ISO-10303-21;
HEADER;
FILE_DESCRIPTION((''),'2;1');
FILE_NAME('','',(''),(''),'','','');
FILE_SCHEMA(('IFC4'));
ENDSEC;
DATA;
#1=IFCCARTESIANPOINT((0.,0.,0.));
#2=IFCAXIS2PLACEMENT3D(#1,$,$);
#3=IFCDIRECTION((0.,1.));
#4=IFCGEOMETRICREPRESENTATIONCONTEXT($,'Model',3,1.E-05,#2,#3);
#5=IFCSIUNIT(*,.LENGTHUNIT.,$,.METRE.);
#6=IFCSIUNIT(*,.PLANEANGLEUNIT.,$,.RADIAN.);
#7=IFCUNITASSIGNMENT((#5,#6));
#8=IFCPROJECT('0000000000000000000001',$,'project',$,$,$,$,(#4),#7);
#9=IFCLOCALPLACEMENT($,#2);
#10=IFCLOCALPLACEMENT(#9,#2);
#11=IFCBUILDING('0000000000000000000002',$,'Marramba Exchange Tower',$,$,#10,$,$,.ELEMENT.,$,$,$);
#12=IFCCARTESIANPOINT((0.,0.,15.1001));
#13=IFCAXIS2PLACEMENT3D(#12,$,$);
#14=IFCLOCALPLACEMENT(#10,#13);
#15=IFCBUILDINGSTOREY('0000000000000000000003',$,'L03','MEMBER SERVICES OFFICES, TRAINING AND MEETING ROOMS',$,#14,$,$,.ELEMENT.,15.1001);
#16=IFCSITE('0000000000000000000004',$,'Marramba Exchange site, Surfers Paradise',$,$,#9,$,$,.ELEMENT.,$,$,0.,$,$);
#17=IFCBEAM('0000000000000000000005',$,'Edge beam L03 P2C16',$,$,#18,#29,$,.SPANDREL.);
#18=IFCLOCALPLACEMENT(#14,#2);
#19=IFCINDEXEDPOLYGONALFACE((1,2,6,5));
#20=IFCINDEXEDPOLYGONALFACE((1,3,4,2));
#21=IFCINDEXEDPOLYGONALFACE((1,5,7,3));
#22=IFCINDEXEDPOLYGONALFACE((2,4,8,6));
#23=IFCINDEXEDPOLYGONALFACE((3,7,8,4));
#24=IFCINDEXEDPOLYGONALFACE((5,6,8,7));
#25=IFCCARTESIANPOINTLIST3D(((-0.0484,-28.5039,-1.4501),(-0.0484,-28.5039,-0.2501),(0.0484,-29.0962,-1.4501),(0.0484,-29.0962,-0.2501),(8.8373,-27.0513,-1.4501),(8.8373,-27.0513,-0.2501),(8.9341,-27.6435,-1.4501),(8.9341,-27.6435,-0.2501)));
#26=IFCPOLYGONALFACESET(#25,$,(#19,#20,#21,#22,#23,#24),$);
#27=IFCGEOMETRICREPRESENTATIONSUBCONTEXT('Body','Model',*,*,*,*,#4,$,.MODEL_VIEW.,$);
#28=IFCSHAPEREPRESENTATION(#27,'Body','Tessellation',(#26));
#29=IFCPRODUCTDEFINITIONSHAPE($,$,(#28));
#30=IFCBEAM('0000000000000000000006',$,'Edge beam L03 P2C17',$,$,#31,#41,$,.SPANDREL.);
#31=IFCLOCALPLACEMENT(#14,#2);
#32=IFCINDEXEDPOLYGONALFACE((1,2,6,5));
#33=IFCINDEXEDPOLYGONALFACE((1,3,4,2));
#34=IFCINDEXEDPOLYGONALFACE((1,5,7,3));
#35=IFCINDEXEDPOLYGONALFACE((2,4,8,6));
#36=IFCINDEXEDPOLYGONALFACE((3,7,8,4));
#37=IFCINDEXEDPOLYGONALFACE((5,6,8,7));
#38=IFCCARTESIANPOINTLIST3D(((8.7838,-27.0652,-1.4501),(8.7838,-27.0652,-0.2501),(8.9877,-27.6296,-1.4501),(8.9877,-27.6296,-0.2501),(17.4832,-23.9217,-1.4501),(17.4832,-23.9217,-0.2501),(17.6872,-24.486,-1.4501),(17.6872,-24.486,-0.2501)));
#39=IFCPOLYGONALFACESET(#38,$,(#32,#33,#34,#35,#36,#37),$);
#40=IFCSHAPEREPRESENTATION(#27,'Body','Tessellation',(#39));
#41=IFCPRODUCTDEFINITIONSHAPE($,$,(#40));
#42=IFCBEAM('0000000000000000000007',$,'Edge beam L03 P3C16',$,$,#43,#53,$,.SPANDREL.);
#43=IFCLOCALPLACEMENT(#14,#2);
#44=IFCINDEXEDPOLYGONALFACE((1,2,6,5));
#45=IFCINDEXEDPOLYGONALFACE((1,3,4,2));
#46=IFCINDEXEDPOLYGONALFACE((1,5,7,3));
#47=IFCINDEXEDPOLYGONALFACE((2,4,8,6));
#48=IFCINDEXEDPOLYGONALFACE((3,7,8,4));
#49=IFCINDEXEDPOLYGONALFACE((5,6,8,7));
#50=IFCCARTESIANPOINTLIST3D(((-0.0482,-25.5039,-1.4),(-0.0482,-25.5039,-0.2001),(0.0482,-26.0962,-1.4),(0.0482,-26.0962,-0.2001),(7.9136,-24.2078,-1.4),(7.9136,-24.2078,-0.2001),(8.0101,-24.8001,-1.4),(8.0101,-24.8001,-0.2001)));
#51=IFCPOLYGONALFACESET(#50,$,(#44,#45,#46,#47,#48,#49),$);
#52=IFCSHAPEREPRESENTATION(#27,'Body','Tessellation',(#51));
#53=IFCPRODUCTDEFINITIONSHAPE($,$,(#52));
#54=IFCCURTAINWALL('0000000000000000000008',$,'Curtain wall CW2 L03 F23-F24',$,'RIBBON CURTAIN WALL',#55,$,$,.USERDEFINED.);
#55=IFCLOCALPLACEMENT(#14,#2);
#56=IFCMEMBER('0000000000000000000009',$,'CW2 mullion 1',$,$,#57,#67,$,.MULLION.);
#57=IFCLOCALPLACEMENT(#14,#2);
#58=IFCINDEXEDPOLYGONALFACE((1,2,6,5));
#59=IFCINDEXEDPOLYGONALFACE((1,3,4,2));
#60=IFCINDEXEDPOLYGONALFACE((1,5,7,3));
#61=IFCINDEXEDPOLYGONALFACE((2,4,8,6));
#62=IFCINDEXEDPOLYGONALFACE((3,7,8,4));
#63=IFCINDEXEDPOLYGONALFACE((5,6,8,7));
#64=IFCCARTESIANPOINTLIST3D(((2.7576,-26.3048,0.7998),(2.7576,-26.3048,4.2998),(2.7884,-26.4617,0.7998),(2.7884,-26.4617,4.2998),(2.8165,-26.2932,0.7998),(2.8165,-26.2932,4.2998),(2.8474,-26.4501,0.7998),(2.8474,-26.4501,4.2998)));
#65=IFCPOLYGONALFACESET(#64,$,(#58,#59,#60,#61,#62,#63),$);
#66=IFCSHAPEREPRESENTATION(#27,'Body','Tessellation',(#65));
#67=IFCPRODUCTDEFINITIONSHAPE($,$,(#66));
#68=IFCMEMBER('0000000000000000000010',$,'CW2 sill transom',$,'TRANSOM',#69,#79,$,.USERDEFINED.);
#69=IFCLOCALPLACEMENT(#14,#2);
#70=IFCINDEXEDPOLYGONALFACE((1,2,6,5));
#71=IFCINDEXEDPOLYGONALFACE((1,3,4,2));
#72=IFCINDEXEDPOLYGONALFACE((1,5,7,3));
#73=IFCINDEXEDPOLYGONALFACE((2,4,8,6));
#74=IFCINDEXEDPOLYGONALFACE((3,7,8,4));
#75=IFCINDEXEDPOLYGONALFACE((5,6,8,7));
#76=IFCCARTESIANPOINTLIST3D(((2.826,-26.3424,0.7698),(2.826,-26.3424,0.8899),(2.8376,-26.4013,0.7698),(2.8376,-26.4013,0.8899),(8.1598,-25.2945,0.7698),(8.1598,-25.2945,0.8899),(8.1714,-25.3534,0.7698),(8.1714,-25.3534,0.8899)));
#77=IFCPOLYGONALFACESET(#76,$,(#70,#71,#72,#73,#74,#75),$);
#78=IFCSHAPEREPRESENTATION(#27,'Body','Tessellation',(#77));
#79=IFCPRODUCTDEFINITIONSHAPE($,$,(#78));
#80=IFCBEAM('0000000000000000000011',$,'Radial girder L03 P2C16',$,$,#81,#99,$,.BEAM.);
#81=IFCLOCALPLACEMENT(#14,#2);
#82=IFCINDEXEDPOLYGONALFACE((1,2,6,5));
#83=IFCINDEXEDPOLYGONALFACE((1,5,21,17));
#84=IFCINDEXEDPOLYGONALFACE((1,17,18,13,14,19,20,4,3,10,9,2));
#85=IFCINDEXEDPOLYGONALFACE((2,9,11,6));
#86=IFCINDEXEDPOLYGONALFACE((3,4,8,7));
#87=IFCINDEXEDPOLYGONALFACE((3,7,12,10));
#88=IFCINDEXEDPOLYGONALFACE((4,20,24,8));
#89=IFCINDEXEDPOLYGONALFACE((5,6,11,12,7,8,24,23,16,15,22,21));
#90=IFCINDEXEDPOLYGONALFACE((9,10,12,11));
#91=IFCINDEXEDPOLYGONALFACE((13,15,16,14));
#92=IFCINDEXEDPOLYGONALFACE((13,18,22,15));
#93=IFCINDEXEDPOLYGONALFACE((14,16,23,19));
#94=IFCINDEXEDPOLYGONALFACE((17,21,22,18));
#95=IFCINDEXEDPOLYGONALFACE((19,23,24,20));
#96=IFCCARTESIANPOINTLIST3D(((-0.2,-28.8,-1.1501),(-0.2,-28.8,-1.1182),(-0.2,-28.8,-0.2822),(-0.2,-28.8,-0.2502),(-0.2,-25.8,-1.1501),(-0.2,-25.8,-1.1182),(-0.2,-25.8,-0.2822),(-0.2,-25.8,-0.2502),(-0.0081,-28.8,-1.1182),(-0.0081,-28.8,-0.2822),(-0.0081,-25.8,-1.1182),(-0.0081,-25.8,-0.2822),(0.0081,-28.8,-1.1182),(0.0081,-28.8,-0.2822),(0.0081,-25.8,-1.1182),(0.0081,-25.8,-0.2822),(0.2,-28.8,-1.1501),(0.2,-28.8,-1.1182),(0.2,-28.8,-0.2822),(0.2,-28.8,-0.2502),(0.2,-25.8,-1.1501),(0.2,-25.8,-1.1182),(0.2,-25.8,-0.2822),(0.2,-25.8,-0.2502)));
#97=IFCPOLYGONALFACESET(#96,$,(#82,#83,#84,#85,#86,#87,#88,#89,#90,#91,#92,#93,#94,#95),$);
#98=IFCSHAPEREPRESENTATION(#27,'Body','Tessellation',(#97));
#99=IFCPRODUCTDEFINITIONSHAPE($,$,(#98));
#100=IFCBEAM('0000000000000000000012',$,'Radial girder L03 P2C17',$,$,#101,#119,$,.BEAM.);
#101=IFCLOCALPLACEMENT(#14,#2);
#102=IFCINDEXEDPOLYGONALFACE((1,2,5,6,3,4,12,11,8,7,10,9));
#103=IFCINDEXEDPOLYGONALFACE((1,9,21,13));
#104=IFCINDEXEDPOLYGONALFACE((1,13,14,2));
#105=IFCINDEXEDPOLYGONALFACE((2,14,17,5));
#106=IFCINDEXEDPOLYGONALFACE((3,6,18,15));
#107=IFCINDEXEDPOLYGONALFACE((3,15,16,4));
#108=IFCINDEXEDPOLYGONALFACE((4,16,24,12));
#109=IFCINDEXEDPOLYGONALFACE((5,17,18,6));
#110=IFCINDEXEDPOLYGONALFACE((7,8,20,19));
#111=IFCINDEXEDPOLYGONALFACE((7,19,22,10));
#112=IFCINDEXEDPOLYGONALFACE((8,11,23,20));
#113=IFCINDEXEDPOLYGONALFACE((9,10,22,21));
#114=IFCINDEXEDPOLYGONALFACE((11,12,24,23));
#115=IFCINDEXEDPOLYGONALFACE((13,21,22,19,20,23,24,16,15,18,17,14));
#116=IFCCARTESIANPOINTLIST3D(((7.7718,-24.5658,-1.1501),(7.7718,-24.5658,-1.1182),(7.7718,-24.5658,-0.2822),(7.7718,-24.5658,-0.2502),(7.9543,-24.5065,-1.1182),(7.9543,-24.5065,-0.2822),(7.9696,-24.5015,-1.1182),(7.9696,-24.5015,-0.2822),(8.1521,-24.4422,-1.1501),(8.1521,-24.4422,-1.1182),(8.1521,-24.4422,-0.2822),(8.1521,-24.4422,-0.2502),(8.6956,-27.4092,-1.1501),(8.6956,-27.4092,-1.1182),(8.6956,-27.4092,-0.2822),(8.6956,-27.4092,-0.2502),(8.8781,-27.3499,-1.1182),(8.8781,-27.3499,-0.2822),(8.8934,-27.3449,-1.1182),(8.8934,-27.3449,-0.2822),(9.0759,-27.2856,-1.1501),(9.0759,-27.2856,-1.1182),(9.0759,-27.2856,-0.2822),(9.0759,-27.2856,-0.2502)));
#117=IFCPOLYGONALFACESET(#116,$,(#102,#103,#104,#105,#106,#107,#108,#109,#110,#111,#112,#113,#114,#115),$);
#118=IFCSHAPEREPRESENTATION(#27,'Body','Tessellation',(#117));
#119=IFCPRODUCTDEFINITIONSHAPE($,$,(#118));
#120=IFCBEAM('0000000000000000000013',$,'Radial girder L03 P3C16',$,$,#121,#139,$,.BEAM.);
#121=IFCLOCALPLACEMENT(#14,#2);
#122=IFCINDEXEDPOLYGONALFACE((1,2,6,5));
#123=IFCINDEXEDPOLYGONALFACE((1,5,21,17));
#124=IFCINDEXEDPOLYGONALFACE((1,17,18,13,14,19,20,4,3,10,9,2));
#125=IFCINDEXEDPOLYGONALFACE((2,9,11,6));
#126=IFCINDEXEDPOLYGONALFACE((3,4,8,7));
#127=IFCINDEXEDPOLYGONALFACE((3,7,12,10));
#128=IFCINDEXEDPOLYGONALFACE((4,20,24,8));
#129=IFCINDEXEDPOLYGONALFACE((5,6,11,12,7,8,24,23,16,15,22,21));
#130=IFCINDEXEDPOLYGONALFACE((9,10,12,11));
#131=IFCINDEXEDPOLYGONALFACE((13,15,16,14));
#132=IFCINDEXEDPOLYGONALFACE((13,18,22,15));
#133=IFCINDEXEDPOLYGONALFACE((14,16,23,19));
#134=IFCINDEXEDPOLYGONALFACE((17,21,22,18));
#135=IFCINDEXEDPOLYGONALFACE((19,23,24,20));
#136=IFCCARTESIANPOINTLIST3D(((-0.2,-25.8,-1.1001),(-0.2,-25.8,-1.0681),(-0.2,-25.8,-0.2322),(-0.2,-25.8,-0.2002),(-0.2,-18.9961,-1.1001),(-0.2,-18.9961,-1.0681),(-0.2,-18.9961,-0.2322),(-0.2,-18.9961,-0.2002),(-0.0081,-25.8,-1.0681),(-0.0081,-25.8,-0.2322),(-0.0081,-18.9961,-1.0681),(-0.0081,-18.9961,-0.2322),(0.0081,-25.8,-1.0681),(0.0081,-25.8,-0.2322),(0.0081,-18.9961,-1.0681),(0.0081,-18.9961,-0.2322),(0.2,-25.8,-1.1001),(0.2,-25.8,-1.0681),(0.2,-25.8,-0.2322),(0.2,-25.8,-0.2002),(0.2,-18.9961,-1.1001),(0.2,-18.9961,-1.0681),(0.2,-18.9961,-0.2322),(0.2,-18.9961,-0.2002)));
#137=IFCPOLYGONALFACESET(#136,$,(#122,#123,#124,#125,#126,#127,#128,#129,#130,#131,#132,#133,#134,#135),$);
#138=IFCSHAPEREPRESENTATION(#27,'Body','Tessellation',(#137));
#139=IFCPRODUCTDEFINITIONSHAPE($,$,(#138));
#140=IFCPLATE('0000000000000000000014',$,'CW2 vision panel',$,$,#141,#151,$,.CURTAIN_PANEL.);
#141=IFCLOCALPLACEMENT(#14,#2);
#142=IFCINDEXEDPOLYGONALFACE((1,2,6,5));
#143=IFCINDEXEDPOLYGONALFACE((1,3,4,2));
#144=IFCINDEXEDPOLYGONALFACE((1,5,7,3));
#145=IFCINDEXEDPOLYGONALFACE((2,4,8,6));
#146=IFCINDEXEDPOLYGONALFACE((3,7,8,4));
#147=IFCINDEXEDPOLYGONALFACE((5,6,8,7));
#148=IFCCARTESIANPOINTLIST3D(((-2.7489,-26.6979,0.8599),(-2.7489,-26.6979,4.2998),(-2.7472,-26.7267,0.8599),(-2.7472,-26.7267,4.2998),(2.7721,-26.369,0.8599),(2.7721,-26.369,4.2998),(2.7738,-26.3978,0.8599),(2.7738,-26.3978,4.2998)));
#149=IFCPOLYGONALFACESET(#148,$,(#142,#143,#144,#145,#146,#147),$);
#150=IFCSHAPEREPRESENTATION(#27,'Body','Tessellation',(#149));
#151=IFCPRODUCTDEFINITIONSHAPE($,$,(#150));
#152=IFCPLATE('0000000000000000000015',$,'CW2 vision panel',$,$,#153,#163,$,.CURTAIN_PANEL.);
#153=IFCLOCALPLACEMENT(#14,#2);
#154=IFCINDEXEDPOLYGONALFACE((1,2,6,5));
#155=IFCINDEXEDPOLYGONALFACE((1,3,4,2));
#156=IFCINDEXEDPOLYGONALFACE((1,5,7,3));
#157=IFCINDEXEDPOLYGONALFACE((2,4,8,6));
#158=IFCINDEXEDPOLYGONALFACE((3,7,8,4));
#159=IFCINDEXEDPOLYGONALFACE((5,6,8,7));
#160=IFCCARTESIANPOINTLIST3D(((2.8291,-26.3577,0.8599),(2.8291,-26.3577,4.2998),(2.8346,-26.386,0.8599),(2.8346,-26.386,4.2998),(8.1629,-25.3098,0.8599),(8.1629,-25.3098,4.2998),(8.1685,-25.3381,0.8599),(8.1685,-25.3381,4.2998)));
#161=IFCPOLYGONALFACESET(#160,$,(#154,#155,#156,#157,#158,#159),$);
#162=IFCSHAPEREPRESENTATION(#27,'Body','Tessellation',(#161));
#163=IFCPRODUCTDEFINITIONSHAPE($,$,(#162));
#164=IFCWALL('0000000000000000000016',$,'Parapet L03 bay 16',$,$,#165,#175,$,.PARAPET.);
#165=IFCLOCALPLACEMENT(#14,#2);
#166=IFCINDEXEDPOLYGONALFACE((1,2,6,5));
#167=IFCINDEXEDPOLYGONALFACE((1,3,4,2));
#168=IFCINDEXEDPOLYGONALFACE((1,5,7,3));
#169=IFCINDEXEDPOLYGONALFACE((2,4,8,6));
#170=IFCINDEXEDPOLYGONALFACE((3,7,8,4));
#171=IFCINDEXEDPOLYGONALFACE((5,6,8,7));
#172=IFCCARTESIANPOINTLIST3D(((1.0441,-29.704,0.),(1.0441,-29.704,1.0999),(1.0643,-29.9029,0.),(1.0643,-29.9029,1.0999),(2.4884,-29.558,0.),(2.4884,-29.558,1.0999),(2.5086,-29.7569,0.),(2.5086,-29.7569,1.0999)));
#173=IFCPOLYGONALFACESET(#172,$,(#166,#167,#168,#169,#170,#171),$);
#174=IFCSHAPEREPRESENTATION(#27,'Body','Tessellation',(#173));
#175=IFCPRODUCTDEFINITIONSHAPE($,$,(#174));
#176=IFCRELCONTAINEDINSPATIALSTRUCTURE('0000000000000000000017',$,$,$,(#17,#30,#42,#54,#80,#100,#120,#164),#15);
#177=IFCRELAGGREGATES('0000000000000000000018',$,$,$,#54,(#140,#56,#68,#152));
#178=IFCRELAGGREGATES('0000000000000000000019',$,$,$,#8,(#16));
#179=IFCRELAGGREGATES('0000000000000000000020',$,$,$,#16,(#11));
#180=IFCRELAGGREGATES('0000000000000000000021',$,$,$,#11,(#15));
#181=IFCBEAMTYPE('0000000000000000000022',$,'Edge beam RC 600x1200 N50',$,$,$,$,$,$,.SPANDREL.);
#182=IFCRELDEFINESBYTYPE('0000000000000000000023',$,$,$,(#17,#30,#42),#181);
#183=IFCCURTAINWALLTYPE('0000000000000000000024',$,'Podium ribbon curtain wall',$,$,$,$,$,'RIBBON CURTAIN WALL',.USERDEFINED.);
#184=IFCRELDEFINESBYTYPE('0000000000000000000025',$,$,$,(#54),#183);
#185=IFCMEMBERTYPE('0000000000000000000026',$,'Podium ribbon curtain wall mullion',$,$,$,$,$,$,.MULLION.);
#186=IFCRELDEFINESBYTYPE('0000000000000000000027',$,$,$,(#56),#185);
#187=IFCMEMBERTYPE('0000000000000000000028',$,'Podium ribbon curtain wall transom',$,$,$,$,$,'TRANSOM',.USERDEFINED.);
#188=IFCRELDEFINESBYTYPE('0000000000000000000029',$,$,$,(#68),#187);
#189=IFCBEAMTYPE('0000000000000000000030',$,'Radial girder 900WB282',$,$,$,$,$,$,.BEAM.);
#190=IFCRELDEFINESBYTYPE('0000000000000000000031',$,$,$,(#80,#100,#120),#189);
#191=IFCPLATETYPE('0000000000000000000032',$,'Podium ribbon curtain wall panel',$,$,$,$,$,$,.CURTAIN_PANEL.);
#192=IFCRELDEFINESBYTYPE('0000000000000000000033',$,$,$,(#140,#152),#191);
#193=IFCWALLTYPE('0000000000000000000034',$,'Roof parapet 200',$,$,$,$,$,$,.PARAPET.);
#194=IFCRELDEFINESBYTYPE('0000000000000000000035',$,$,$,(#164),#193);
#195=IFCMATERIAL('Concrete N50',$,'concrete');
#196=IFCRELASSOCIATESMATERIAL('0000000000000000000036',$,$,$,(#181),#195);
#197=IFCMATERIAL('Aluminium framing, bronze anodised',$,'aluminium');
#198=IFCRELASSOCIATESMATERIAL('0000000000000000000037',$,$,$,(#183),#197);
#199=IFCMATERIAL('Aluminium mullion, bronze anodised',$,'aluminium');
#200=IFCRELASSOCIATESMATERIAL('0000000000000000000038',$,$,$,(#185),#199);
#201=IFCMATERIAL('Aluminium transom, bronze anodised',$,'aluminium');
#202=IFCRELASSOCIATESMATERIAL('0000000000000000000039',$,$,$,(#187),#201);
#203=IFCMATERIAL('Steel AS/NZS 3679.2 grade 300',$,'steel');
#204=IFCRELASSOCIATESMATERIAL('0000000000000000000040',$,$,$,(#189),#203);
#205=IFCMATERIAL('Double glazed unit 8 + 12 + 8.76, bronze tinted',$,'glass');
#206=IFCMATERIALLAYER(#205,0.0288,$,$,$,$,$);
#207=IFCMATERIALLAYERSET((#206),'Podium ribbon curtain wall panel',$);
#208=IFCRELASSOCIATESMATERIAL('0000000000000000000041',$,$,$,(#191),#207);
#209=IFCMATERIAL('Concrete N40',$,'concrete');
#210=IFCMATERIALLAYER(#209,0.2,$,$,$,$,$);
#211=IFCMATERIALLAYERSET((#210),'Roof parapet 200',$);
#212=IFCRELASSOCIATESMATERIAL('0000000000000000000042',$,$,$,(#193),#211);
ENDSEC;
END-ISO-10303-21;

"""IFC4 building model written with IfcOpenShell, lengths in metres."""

from ifc_helpers import new_model, si_unit, direction, frame, frame_2d, origin, origin_2d, place, context, subcontext, project, spatial, rectangle, i_section, extrude, material, layer, layer_set, material_profile, profile_set, type_object, element, aggregate, save


model = new_model("IFC4")

# Units and contexts
model_context = context("Model", 3, precision=1e-05, world=origin(), true_north=direction((0.0, 1.0)))
body_context = subcontext(model_context, "Body", "Model", "MODEL_VIEW")
ifc_project = project(units=[si_unit("LENGTHUNIT", "METRE"), si_unit("PLANEANGLEUNIT", "RADIAN")], contexts=[model_context])

# Site, building, storey
site_placement = place(None, origin())
site = spatial("IfcSite", under=ifc_project, at=site_placement, Name="Marramba Exchange site, Surfers Paradise", CompositionType="ELEMENT", RefElevation=0.0)
building_placement = place(site_placement, origin())
building = spatial("IfcBuilding", under=site, at=building_placement, Name="Marramba Exchange Tower", CompositionType="ELEMENT")
storey_placement = place(building_placement, frame((0.0, 0.0, 15.1001)))
storey = spatial("IfcBuildingStorey", under=building, at=storey_placement, Name="L03", Description="MEMBER SERVICES OFFICES, TRAINING AND MEETING ROOMS", CompositionType="ELEMENT", Elevation=15.1001)

# Beams
ifc_material_1 = material(Name="Concrete N50", Category="concrete")
ifc_material_profile_1 = material_profile(ifc_material_1, rectangle(XDim=0.6001, YDim=1.2, at=origin_2d()), Name="RC 600x1200")
ifc_profile_set_1 = profile_set([ifc_material_profile_1], Name="Concrete N50")
beam_type_1 = type_object("IfcBeamType", Name="Edge beam RC 600x1200 N50", PredefinedType="SPANDREL", material=ifc_profile_set_1)
beam_1_placement = place(storey_placement, frame((0.0, -28.8, -0.8501), z_axis=(0.986899, 0.161338, 0.0), x_axis=(-0.161338, 0.986899, 0.0)))
element("IfcBeam", 1, at=beam_1_placement, inside=storey, type_object=beam_type_1, Name="Edge beam L03 P2C16", PredefinedType="SPANDREL", context=body_context, shape_type="SweptSolid", body=[
    extrude(rectangle(XDim=0.6001, YDim=1.2, at=origin_2d()), origin(), (0.0, 0.0, 1.0), 9.0037),
])
beam_2_placement = place(storey_placement, frame((8.8857, -27.3474, -0.8501), z_axis=(0.940482, 0.339844, 0.0), x_axis=(-0.339844, 0.940482, 0.0)))
element("IfcBeam", 2, at=beam_2_placement, inside=storey, type_object=beam_type_1, Name="Edge beam L03 P2C17", PredefinedType="SPANDREL", context=body_context, shape_type="SweptSolid", body=[
    extrude(rectangle(XDim=0.6001, YDim=1.2, at=origin_2d()), origin(), (0.0, 0.0, 1.0), 9.25),
])
beam_3_placement = place(storey_placement, frame((0.0, -25.8, -0.8), z_axis=(0.987007, 0.160678, 0.0), x_axis=(-0.160678, 0.987007, 0.0)))
element("IfcBeam", 3, at=beam_3_placement, inside=storey, type_object=beam_type_1, Name="Edge beam L03 P3C16", PredefinedType="SPANDREL", context=body_context, shape_type="SweptSolid", body=[
    extrude(rectangle(XDim=0.6001, YDim=1.2, at=origin_2d()), origin(), (0.0, 0.0, 1.0), 8.0667),
])

# Curtain wall, members
ifc_material_2 = material(Name="Aluminium framing, bronze anodised", Category="aluminium")
curtain_wall_type = type_object("IfcCurtainWallType", Name="Podium ribbon curtain wall", ElementType="RIBBON CURTAIN WALL", PredefinedType="USERDEFINED", material=ifc_material_2)
curtain_wall_placement = place(storey_placement, origin())
curtain_wall = element("IfcCurtainWall", 4, at=curtain_wall_placement, inside=storey, type_object=curtain_wall_type, Name="Curtain wall CW2 L03 F23-F24", ObjectType="RIBBON CURTAIN WALL", PredefinedType="USERDEFINED")
ifc_material_3 = material(Name="Aluminium mullion, bronze anodised", Category="aluminium")
ifc_material_profile_2 = material_profile(ifc_material_3, rectangle(XDim=0.1599, YDim=0.0601, at=origin_2d()), Name="CW2 mullion 60x160")
ifc_profile_set_2 = profile_set([ifc_material_profile_2], Name="Aluminium mullion, bronze anodised")
member_type_1 = type_object("IfcMemberType", Name="Podium ribbon curtain wall mullion", PredefinedType="MULLION", material=ifc_profile_set_2)
member_1_placement = place(storey_placement, frame((2.8025, -26.3774, 0.7998), z_axis=(0.0, 0.0, 1.0), x_axis=(-0.192768, 0.981244, 0.0)))
member_1 = element("IfcMember", 5, at=member_1_placement, type_object=member_type_1, Name="CW2 mullion 1", PredefinedType="MULLION", context=body_context, shape_type="SweptSolid", body=[
    extrude(rectangle(XDim=0.1599, YDim=0.0601, at=origin_2d()), origin(), (0.0, 0.0, 1.0), 3.5),
])
ifc_material_4 = material(Name="Aluminium transom, bronze anodised", Category="aluminium")
ifc_material_profile_3 = material_profile(ifc_material_4, rectangle(XDim=0.0601, YDim=0.1201, at=origin_2d()), Name="CW2 transom 60x120")
ifc_profile_set_3 = profile_set([ifc_material_profile_3], Name="Aluminium transom, bronze anodised")
member_type_2 = type_object("IfcMemberType", Name="Podium ribbon curtain wall transom", ElementType="TRANSOM", PredefinedType="USERDEFINED", material=ifc_profile_set_3)
member_2_placement = place(storey_placement, frame((2.8318, -26.3718, 0.8298), z_axis=(0.981244, 0.192772, 0.0), x_axis=(-0.192772, 0.981244, 0.0)))
member_2 = element("IfcMember", 6, at=member_2_placement, type_object=member_type_2, Name="CW2 sill transom", ObjectType="TRANSOM", PredefinedType="USERDEFINED", context=body_context, shape_type="SweptSolid", body=[
    extrude(rectangle(XDim=0.0601, YDim=0.1201, at=origin_2d()), origin(), (0.0, 0.0, 1.0), 5.4358),
])

# Beams
ifc_material_5 = material(Name="Steel AS/NZS 3679.2 grade 300", Category="steel")
ifc_material_profile_4 = material_profile(ifc_material_5, i_section(OverallWidth=0.3999, OverallDepth=0.8999, WebThickness=0.0161, FlangeThickness=0.032, at=origin_2d()), Name="900WB282")
ifc_profile_set_4 = profile_set([ifc_material_profile_4], Name="Steel AS/NZS 3679.2 grade 300")
beam_type_2 = type_object("IfcBeamType", Name="Radial girder 900WB282", PredefinedType="BEAM", material=ifc_profile_set_4)
beam_4_placement = place(storey_placement, frame((0.0, -28.8, -0.7002), z_axis=(0.0, 1.0, 0.0), x_axis=(-1.0, 0.0, 0.0)))
element("IfcBeam", 7, at=beam_4_placement, inside=storey, type_object=beam_type_2, Name="Radial girder L03 P2C16", PredefinedType="BEAM", context=body_context, shape_type="SweptSolid", body=[
    extrude(i_section(OverallWidth=0.3999, OverallDepth=0.8999, WebThickness=0.0161, FlangeThickness=0.032, at=origin_2d()), origin(), (0.0, 0.0, 1.0), 3.0),
])
beam_5_placement = place(storey_placement, frame((8.8857, -27.3474, -0.7002), z_axis=(-0.308992, 0.951065, 0.0), x_axis=(-0.951065, -0.308992, 0.0)))
element("IfcBeam", 8, at=beam_5_placement, inside=storey, type_object=beam_type_2, Name="Radial girder L03 P2C17", PredefinedType="BEAM", context=body_context, shape_type="SweptSolid", body=[
    extrude(i_section(OverallWidth=0.3999, OverallDepth=0.8999, WebThickness=0.0161, FlangeThickness=0.032, at=origin_2d()), origin(), (0.0, 0.0, 1.0), 2.9897),
])
beam_6_placement = place(storey_placement, frame((0.0, -25.8, -0.6501), z_axis=(0.0, 1.0, 0.0), x_axis=(-1.0, 0.0, 0.0)))
element("IfcBeam", 9, at=beam_6_placement, inside=storey, type_object=beam_type_2, Name="Radial girder L03 P3C16", PredefinedType="BEAM", context=body_context, shape_type="SweptSolid", body=[
    extrude(i_section(OverallWidth=0.3999, OverallDepth=0.8999, WebThickness=0.0161, FlangeThickness=0.032, at=origin_2d()), origin(), (0.0, 0.0, 1.0), 6.804),
])

# Plates
ifc_material_6 = material(Name="Double glazed unit 8 + 12 + 8.76, bronze tinted", Category="glass")
ifc_layer_1 = layer(ifc_material_6, 0.0288)
ifc_layer_set_1 = layer_set([ifc_layer_1], Name="Podium ribbon curtain wall panel")
plate_type = type_object("IfcPlateType", Name="Podium ribbon curtain wall panel", PredefinedType="CURTAIN_PANEL", material=ifc_layer_set_1)
plate_1_placement = place(storey_placement, frame((0.0125, -26.5479, 0.8599), z_axis=(0.0, 0.0, 1.0), x_axis=(0.99823, 0.059468, 0.0)))
plate_1 = element("IfcPlate", 10, at=plate_1_placement, type_object=plate_type, Name="CW2 vision panel", PredefinedType="CURTAIN_PANEL", context=body_context, shape_type="SweptSolid", body=[
    extrude(rectangle(XDim=5.5308, YDim=0.0288, at=origin_2d()), origin(), (0.0, 0.0, 1.0), 3.4399),
])
plate_2_placement = place(storey_placement, frame((5.4988, -25.8479, 0.8599), z_axis=(0.0, 0.0, 1.0), x_axis=(0.981244, 0.192768, 0.0)))
plate_2 = element("IfcPlate", 11, at=plate_2_placement, type_object=plate_type, Name="CW2 vision panel", PredefinedType="CURTAIN_PANEL", context=body_context, shape_type="SweptSolid", body=[
    extrude(rectangle(XDim=5.4358, YDim=0.0288, at=origin_2d()), origin(), (0.0, 0.0, 1.0), 3.4399),
])
aggregate(curtain_wall, [plate_1, member_1, member_2, plate_2])

# Wall
ifc_material_7 = material(Name="Concrete N40", Category="concrete")
ifc_layer_2 = layer(ifc_material_7, 0.2)
ifc_layer_set_2 = layer_set([ifc_layer_2], Name="Roof parapet 200")
wall_type = type_object("IfcWallType", Name="Roof parapet 200", PredefinedType="PARAPET", material=ifc_layer_set_2)
wall_1_placement = place(storey_placement, frame((1.0542, -29.8035, 0.0), z_axis=(0.0, 0.0, 1.0), x_axis=(0.99493, 0.100569, 0.0)))
element("IfcWall", 12, at=wall_1_placement, inside=storey, type_object=wall_type, Name="Parapet L03 bay 16", PredefinedType="PARAPET", context=body_context, shape_type="SweptSolid", body=[
    extrude(rectangle(XDim=1.4517, YDim=0.2, at=frame_2d((0.7258, 0.0))), origin(), (0.0, 0.0, 1.0), 1.0999),
])

save(model, "model.ifc")
